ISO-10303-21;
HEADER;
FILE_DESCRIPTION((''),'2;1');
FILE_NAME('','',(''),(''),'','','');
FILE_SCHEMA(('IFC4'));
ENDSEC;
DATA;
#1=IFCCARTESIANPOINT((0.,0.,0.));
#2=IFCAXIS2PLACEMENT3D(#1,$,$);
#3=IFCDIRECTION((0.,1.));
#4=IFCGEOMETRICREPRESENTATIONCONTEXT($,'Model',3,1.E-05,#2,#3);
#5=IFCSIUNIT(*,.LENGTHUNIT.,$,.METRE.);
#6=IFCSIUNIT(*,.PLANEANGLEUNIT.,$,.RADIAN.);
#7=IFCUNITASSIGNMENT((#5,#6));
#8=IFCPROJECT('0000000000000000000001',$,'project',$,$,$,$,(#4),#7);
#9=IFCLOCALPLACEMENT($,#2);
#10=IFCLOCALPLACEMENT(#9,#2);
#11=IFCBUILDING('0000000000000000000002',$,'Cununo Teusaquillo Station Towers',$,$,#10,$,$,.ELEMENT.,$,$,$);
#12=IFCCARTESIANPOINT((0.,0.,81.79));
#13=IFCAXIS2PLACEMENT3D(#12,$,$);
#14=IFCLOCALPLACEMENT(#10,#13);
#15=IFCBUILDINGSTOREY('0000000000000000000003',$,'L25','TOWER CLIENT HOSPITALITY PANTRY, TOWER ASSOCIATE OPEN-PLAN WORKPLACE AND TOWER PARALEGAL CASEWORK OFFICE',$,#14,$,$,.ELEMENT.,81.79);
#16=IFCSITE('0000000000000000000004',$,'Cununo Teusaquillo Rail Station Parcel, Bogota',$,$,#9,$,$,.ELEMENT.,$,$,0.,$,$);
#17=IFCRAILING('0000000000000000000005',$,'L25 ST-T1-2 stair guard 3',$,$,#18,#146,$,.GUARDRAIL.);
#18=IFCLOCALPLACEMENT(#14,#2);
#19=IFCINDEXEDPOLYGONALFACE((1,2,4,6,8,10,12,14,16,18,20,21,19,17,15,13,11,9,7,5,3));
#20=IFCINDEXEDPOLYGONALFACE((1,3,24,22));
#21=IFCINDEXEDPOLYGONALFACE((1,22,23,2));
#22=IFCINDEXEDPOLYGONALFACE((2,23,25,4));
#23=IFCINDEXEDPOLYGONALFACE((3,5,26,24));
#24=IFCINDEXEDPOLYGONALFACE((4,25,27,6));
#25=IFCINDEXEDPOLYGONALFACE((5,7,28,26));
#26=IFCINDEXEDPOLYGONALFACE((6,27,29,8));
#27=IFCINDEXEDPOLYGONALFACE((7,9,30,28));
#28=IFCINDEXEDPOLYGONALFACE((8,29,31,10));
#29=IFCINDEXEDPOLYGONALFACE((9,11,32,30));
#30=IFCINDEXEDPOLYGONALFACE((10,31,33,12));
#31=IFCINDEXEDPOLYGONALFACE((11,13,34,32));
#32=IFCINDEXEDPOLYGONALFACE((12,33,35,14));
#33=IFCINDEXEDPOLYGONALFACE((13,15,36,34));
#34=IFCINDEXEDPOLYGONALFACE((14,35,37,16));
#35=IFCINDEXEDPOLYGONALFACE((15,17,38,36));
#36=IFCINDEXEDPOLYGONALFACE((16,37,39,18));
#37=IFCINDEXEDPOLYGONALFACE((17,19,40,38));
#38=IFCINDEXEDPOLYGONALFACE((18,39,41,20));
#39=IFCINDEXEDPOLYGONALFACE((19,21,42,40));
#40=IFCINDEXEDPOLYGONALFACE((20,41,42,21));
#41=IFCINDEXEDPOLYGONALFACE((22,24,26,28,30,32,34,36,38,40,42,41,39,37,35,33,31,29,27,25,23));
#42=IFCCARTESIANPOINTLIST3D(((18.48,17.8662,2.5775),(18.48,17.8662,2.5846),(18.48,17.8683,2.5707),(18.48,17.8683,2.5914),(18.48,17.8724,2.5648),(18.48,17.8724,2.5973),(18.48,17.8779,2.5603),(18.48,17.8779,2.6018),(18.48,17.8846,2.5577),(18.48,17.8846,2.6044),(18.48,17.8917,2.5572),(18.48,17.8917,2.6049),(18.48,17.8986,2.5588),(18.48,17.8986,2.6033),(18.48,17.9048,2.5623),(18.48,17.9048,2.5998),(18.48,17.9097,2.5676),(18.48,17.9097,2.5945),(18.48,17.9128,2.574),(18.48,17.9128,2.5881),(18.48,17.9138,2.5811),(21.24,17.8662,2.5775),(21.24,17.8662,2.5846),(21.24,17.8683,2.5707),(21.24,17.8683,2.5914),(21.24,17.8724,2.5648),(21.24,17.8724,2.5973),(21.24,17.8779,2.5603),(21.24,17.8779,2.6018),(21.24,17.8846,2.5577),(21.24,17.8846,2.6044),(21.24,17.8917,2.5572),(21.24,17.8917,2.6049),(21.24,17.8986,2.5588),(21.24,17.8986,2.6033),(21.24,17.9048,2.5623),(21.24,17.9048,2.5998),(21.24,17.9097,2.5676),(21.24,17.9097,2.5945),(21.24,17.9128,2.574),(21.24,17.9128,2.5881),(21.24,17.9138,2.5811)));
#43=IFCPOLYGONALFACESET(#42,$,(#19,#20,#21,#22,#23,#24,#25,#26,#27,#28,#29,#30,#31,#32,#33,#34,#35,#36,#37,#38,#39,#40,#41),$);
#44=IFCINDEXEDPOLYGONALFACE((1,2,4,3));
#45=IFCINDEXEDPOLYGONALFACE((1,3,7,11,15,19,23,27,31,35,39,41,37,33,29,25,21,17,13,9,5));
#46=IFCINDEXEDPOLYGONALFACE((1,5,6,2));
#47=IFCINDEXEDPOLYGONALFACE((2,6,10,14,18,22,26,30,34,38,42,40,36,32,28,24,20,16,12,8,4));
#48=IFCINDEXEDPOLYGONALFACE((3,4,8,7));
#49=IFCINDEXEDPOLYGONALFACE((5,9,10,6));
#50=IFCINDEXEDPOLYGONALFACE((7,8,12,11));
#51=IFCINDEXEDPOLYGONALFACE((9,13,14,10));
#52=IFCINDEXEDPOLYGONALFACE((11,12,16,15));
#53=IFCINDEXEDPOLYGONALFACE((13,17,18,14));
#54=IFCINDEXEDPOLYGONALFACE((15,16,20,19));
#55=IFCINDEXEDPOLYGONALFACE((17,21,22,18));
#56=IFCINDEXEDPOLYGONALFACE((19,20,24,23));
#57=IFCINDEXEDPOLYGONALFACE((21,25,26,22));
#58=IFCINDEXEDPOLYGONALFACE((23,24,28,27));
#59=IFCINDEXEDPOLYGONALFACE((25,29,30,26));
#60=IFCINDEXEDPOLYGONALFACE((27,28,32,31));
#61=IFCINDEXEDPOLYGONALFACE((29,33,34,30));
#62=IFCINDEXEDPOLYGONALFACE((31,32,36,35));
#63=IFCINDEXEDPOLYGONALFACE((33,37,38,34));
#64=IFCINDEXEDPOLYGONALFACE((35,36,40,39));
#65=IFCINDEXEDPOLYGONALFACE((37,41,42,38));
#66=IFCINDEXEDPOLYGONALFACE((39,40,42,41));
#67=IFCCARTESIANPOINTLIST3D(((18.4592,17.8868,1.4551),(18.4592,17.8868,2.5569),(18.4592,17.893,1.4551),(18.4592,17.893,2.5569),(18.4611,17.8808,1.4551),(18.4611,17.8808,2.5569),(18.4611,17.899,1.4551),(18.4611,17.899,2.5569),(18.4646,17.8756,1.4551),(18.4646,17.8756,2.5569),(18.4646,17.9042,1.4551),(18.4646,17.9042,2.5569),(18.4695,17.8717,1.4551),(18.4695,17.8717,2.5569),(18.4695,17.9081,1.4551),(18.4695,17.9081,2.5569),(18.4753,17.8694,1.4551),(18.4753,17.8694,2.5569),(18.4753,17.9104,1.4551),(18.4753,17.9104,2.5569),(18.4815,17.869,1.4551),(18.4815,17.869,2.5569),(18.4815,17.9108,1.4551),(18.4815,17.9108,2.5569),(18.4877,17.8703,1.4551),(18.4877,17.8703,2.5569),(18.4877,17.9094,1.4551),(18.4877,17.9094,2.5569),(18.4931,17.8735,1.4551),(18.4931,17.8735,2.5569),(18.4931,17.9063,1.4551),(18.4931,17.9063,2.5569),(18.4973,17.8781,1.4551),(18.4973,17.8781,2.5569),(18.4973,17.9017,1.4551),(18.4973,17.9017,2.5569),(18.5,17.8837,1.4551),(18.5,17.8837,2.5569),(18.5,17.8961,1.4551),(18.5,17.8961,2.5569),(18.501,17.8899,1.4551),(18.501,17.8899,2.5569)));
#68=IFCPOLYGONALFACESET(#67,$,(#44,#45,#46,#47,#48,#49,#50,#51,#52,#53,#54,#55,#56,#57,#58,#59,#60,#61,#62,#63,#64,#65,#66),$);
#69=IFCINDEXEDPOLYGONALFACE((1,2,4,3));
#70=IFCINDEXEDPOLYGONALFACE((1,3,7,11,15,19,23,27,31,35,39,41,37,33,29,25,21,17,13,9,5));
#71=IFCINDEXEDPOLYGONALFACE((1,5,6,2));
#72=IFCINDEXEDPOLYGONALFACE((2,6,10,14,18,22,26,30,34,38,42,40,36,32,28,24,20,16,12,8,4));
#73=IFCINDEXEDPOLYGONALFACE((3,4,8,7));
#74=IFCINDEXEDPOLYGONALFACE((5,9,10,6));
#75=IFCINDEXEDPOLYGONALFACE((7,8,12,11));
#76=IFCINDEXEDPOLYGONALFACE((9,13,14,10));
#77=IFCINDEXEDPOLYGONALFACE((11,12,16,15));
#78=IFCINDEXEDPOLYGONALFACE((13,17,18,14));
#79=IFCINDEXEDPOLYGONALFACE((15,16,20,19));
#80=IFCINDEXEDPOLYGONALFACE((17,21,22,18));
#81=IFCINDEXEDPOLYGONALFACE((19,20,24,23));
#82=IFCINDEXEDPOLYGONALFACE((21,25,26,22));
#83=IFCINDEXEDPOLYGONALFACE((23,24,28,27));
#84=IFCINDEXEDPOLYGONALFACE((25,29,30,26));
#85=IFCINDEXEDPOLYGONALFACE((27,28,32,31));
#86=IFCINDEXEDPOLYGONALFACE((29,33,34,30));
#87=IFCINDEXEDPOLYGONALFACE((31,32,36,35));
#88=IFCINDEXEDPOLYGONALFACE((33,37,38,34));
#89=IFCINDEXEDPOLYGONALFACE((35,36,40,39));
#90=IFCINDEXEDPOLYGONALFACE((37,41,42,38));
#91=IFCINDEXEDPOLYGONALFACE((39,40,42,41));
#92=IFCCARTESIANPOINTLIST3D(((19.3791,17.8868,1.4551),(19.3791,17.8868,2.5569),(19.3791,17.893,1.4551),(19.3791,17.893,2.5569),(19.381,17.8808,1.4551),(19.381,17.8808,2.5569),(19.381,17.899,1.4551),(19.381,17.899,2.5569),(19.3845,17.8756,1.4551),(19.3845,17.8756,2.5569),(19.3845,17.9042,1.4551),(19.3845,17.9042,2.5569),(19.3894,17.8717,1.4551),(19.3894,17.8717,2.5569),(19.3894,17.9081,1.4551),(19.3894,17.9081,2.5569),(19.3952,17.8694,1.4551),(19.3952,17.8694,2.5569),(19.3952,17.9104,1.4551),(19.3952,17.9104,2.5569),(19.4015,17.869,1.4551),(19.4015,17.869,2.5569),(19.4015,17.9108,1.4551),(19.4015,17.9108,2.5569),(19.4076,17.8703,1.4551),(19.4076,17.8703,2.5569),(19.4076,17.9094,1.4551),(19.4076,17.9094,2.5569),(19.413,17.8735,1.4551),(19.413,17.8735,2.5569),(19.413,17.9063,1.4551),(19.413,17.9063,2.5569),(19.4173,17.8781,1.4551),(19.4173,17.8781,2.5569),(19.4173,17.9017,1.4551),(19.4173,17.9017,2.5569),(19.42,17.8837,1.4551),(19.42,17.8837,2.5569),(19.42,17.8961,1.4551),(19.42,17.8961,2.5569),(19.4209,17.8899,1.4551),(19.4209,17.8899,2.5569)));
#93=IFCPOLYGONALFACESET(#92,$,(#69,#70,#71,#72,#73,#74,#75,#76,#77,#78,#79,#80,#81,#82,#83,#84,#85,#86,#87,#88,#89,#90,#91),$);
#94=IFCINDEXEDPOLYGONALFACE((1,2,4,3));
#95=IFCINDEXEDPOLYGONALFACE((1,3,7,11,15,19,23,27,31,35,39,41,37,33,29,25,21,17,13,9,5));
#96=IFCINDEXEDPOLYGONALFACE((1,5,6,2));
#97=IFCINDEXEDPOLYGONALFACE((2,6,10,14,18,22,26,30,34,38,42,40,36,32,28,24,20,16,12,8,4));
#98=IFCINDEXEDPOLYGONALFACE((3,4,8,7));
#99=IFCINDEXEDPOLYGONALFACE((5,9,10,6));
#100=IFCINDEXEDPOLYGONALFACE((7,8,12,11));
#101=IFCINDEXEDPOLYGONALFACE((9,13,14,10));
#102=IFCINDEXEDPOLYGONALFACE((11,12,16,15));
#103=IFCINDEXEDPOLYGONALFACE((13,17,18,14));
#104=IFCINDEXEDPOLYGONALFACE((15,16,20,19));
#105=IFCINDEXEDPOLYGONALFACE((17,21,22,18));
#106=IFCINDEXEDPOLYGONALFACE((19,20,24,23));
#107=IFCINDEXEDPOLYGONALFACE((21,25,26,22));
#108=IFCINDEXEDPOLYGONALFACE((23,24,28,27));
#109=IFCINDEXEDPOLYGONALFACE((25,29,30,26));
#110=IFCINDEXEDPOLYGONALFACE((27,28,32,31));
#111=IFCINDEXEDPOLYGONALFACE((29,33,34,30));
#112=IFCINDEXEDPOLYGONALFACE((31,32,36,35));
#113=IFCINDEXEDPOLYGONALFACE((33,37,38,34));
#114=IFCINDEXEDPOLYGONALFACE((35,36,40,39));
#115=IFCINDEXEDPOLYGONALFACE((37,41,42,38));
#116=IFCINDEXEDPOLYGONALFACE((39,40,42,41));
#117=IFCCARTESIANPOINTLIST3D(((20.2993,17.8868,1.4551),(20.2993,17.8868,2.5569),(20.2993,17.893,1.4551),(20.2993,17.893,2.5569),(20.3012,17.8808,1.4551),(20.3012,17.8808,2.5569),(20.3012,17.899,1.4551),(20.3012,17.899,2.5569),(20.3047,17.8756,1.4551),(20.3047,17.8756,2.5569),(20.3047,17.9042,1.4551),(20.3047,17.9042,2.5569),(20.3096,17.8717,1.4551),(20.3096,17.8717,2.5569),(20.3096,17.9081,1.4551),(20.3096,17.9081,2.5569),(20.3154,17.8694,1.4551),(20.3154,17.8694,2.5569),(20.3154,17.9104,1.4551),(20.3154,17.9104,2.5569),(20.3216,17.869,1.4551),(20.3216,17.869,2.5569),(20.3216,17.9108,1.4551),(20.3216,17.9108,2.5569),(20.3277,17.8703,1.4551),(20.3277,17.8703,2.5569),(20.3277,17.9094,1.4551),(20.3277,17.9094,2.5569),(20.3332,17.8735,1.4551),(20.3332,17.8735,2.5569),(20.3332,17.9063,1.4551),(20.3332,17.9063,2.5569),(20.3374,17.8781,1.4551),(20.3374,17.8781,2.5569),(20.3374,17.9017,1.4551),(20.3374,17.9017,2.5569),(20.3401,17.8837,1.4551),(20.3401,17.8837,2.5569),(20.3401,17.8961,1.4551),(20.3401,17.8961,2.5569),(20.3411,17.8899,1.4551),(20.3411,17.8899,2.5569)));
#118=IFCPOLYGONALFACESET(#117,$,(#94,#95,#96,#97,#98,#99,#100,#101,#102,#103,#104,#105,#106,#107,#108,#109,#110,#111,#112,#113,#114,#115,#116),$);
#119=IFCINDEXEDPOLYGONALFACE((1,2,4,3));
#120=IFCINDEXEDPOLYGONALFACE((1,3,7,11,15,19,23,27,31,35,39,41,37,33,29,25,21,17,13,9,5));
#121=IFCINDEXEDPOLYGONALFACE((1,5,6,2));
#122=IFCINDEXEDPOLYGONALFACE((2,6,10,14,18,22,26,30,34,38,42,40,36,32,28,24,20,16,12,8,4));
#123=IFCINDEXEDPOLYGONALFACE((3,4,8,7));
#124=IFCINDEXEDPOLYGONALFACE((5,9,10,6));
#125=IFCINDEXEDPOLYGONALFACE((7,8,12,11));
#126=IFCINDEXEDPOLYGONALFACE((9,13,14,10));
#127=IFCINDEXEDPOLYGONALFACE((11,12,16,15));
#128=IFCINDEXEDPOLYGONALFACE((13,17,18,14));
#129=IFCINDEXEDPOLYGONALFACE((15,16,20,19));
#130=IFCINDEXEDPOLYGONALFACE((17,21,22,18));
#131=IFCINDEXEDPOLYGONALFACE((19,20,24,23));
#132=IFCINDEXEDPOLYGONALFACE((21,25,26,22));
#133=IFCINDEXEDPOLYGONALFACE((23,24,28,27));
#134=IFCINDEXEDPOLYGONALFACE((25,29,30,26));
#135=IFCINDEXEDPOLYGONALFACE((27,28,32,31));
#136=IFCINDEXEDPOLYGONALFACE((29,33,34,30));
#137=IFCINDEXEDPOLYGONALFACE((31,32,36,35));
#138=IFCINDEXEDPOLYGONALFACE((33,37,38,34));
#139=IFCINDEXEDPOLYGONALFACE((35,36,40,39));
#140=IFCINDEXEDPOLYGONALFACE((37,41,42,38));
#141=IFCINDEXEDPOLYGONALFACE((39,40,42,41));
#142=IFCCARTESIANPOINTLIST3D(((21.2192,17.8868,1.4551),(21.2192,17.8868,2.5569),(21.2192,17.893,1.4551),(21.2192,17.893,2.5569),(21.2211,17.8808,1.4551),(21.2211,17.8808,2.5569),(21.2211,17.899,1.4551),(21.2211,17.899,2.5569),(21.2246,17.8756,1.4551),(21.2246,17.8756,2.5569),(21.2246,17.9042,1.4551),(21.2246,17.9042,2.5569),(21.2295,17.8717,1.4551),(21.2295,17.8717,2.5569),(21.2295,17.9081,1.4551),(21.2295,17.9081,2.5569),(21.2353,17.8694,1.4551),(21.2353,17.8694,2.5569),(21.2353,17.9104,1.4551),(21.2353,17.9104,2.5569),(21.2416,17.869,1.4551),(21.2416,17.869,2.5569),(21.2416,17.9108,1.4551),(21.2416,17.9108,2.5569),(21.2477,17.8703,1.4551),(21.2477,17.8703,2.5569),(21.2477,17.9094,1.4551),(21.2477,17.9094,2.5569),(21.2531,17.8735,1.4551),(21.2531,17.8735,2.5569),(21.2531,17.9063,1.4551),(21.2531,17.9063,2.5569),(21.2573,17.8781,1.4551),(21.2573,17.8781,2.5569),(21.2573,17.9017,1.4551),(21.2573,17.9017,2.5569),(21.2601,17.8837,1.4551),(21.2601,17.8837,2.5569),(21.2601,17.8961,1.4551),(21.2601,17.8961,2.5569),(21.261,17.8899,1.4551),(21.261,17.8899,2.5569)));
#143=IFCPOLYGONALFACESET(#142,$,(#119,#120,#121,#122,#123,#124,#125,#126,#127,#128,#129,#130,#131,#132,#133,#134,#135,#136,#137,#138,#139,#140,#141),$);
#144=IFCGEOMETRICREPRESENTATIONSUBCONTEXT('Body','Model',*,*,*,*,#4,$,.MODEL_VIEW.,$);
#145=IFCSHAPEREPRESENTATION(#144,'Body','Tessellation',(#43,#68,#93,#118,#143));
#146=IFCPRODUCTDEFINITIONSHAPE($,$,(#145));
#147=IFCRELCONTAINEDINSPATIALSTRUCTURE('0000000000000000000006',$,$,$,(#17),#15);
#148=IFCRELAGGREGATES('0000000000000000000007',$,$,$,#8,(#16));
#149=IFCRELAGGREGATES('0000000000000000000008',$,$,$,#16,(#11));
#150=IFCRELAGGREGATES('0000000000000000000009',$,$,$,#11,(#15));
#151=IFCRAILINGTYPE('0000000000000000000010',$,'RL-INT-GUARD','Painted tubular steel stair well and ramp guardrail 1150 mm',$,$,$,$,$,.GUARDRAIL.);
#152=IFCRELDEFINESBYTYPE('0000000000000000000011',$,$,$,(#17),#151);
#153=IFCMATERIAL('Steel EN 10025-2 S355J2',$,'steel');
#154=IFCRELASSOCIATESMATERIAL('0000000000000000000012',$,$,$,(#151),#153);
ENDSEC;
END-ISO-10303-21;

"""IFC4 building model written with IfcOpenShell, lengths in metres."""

from ifc_helpers import new_model, si_unit, direction, frame, origin, origin_2d, place, context, subcontext, project, spatial, circle, extrude, material, type_object, element, save


model = new_model("IFC4")

# Units and contexts
model_context = context("Model", 3, precision=1e-05, world=origin(), true_north=direction((0.0, 1.0)))
body_context = subcontext(model_context, "Body", "Model", "MODEL_VIEW")
ifc_project = project(units=[si_unit("LENGTHUNIT", "METRE"), si_unit("PLANEANGLEUNIT", "RADIAN")], contexts=[model_context])

# Site, building, storey
site_placement = place(None, origin())
site = spatial("IfcSite", under=ifc_project, at=site_placement, Name="Cununo Teusaquillo Rail Station Parcel, Bogota", CompositionType="ELEMENT", RefElevation=0.0)
building_placement = place(site_placement, origin())
building = spatial("IfcBuilding", under=site, at=building_placement, Name="Cununo Teusaquillo Station Towers", CompositionType="ELEMENT")
storey_placement = place(building_placement, frame((0.0, 0.0, 81.79)))
storey = spatial("IfcBuildingStorey", under=building, at=storey_placement, Name="L25", Description="TOWER CLIENT HOSPITALITY PANTRY, TOWER ASSOCIATE OPEN-PLAN WORKPLACE AND TOWER PARALEGAL CASEWORK OFFICE", CompositionType="ELEMENT", Elevation=81.79)

# Railing
ifc_material_1 = material(Name="Steel EN 10025-2 S355J2", Category="steel")
railing_type_1 = type_object("IfcRailingType", Name="RL-INT-GUARD", Description="Painted tubular steel stair well and ramp guardrail 1150 mm", PredefinedType="GUARDRAIL", material=ifc_material_1)
railing_1_placement = place(storey_placement, frame((18.48, 17.8899, 1.4551)))
element("IfcRailing", 1, at=railing_1_placement, inside=storey, type_object=railing_type_1, Name="L25 ST-T1-2 stair guard 3", PredefinedType="GUARDRAIL", context=body_context, shape_type="SweptSolid", body=[
    extrude(circle(Radius=0.0239, at=origin_2d()), frame((0.0, 0.0, 1.126), z_axis=(1.0, 0.0, 0.0), x_axis=(0.0, 1.0, 0.0)), (0.0, 0.0, 1.0), 2.76),
    extrude(circle(Radius=0.021, at=origin_2d()), origin(), (0.0, 0.0, 1.0), 1.1018),
    extrude(circle(Radius=0.021, at=origin_2d()), frame((0.9199, 0.0, 0.0)), (0.0, 0.0, 1.0), 1.1018),
    extrude(circle(Radius=0.021, at=origin_2d()), frame((1.8401, 0.0, 0.0)), (0.0, 0.0, 1.0), 1.1018),
    extrude(circle(Radius=0.021, at=origin_2d()), frame((2.76, 0.0, 0.0)), (0.0, 0.0, 1.0), 1.1018),
])

save(model, "model.ifc")
